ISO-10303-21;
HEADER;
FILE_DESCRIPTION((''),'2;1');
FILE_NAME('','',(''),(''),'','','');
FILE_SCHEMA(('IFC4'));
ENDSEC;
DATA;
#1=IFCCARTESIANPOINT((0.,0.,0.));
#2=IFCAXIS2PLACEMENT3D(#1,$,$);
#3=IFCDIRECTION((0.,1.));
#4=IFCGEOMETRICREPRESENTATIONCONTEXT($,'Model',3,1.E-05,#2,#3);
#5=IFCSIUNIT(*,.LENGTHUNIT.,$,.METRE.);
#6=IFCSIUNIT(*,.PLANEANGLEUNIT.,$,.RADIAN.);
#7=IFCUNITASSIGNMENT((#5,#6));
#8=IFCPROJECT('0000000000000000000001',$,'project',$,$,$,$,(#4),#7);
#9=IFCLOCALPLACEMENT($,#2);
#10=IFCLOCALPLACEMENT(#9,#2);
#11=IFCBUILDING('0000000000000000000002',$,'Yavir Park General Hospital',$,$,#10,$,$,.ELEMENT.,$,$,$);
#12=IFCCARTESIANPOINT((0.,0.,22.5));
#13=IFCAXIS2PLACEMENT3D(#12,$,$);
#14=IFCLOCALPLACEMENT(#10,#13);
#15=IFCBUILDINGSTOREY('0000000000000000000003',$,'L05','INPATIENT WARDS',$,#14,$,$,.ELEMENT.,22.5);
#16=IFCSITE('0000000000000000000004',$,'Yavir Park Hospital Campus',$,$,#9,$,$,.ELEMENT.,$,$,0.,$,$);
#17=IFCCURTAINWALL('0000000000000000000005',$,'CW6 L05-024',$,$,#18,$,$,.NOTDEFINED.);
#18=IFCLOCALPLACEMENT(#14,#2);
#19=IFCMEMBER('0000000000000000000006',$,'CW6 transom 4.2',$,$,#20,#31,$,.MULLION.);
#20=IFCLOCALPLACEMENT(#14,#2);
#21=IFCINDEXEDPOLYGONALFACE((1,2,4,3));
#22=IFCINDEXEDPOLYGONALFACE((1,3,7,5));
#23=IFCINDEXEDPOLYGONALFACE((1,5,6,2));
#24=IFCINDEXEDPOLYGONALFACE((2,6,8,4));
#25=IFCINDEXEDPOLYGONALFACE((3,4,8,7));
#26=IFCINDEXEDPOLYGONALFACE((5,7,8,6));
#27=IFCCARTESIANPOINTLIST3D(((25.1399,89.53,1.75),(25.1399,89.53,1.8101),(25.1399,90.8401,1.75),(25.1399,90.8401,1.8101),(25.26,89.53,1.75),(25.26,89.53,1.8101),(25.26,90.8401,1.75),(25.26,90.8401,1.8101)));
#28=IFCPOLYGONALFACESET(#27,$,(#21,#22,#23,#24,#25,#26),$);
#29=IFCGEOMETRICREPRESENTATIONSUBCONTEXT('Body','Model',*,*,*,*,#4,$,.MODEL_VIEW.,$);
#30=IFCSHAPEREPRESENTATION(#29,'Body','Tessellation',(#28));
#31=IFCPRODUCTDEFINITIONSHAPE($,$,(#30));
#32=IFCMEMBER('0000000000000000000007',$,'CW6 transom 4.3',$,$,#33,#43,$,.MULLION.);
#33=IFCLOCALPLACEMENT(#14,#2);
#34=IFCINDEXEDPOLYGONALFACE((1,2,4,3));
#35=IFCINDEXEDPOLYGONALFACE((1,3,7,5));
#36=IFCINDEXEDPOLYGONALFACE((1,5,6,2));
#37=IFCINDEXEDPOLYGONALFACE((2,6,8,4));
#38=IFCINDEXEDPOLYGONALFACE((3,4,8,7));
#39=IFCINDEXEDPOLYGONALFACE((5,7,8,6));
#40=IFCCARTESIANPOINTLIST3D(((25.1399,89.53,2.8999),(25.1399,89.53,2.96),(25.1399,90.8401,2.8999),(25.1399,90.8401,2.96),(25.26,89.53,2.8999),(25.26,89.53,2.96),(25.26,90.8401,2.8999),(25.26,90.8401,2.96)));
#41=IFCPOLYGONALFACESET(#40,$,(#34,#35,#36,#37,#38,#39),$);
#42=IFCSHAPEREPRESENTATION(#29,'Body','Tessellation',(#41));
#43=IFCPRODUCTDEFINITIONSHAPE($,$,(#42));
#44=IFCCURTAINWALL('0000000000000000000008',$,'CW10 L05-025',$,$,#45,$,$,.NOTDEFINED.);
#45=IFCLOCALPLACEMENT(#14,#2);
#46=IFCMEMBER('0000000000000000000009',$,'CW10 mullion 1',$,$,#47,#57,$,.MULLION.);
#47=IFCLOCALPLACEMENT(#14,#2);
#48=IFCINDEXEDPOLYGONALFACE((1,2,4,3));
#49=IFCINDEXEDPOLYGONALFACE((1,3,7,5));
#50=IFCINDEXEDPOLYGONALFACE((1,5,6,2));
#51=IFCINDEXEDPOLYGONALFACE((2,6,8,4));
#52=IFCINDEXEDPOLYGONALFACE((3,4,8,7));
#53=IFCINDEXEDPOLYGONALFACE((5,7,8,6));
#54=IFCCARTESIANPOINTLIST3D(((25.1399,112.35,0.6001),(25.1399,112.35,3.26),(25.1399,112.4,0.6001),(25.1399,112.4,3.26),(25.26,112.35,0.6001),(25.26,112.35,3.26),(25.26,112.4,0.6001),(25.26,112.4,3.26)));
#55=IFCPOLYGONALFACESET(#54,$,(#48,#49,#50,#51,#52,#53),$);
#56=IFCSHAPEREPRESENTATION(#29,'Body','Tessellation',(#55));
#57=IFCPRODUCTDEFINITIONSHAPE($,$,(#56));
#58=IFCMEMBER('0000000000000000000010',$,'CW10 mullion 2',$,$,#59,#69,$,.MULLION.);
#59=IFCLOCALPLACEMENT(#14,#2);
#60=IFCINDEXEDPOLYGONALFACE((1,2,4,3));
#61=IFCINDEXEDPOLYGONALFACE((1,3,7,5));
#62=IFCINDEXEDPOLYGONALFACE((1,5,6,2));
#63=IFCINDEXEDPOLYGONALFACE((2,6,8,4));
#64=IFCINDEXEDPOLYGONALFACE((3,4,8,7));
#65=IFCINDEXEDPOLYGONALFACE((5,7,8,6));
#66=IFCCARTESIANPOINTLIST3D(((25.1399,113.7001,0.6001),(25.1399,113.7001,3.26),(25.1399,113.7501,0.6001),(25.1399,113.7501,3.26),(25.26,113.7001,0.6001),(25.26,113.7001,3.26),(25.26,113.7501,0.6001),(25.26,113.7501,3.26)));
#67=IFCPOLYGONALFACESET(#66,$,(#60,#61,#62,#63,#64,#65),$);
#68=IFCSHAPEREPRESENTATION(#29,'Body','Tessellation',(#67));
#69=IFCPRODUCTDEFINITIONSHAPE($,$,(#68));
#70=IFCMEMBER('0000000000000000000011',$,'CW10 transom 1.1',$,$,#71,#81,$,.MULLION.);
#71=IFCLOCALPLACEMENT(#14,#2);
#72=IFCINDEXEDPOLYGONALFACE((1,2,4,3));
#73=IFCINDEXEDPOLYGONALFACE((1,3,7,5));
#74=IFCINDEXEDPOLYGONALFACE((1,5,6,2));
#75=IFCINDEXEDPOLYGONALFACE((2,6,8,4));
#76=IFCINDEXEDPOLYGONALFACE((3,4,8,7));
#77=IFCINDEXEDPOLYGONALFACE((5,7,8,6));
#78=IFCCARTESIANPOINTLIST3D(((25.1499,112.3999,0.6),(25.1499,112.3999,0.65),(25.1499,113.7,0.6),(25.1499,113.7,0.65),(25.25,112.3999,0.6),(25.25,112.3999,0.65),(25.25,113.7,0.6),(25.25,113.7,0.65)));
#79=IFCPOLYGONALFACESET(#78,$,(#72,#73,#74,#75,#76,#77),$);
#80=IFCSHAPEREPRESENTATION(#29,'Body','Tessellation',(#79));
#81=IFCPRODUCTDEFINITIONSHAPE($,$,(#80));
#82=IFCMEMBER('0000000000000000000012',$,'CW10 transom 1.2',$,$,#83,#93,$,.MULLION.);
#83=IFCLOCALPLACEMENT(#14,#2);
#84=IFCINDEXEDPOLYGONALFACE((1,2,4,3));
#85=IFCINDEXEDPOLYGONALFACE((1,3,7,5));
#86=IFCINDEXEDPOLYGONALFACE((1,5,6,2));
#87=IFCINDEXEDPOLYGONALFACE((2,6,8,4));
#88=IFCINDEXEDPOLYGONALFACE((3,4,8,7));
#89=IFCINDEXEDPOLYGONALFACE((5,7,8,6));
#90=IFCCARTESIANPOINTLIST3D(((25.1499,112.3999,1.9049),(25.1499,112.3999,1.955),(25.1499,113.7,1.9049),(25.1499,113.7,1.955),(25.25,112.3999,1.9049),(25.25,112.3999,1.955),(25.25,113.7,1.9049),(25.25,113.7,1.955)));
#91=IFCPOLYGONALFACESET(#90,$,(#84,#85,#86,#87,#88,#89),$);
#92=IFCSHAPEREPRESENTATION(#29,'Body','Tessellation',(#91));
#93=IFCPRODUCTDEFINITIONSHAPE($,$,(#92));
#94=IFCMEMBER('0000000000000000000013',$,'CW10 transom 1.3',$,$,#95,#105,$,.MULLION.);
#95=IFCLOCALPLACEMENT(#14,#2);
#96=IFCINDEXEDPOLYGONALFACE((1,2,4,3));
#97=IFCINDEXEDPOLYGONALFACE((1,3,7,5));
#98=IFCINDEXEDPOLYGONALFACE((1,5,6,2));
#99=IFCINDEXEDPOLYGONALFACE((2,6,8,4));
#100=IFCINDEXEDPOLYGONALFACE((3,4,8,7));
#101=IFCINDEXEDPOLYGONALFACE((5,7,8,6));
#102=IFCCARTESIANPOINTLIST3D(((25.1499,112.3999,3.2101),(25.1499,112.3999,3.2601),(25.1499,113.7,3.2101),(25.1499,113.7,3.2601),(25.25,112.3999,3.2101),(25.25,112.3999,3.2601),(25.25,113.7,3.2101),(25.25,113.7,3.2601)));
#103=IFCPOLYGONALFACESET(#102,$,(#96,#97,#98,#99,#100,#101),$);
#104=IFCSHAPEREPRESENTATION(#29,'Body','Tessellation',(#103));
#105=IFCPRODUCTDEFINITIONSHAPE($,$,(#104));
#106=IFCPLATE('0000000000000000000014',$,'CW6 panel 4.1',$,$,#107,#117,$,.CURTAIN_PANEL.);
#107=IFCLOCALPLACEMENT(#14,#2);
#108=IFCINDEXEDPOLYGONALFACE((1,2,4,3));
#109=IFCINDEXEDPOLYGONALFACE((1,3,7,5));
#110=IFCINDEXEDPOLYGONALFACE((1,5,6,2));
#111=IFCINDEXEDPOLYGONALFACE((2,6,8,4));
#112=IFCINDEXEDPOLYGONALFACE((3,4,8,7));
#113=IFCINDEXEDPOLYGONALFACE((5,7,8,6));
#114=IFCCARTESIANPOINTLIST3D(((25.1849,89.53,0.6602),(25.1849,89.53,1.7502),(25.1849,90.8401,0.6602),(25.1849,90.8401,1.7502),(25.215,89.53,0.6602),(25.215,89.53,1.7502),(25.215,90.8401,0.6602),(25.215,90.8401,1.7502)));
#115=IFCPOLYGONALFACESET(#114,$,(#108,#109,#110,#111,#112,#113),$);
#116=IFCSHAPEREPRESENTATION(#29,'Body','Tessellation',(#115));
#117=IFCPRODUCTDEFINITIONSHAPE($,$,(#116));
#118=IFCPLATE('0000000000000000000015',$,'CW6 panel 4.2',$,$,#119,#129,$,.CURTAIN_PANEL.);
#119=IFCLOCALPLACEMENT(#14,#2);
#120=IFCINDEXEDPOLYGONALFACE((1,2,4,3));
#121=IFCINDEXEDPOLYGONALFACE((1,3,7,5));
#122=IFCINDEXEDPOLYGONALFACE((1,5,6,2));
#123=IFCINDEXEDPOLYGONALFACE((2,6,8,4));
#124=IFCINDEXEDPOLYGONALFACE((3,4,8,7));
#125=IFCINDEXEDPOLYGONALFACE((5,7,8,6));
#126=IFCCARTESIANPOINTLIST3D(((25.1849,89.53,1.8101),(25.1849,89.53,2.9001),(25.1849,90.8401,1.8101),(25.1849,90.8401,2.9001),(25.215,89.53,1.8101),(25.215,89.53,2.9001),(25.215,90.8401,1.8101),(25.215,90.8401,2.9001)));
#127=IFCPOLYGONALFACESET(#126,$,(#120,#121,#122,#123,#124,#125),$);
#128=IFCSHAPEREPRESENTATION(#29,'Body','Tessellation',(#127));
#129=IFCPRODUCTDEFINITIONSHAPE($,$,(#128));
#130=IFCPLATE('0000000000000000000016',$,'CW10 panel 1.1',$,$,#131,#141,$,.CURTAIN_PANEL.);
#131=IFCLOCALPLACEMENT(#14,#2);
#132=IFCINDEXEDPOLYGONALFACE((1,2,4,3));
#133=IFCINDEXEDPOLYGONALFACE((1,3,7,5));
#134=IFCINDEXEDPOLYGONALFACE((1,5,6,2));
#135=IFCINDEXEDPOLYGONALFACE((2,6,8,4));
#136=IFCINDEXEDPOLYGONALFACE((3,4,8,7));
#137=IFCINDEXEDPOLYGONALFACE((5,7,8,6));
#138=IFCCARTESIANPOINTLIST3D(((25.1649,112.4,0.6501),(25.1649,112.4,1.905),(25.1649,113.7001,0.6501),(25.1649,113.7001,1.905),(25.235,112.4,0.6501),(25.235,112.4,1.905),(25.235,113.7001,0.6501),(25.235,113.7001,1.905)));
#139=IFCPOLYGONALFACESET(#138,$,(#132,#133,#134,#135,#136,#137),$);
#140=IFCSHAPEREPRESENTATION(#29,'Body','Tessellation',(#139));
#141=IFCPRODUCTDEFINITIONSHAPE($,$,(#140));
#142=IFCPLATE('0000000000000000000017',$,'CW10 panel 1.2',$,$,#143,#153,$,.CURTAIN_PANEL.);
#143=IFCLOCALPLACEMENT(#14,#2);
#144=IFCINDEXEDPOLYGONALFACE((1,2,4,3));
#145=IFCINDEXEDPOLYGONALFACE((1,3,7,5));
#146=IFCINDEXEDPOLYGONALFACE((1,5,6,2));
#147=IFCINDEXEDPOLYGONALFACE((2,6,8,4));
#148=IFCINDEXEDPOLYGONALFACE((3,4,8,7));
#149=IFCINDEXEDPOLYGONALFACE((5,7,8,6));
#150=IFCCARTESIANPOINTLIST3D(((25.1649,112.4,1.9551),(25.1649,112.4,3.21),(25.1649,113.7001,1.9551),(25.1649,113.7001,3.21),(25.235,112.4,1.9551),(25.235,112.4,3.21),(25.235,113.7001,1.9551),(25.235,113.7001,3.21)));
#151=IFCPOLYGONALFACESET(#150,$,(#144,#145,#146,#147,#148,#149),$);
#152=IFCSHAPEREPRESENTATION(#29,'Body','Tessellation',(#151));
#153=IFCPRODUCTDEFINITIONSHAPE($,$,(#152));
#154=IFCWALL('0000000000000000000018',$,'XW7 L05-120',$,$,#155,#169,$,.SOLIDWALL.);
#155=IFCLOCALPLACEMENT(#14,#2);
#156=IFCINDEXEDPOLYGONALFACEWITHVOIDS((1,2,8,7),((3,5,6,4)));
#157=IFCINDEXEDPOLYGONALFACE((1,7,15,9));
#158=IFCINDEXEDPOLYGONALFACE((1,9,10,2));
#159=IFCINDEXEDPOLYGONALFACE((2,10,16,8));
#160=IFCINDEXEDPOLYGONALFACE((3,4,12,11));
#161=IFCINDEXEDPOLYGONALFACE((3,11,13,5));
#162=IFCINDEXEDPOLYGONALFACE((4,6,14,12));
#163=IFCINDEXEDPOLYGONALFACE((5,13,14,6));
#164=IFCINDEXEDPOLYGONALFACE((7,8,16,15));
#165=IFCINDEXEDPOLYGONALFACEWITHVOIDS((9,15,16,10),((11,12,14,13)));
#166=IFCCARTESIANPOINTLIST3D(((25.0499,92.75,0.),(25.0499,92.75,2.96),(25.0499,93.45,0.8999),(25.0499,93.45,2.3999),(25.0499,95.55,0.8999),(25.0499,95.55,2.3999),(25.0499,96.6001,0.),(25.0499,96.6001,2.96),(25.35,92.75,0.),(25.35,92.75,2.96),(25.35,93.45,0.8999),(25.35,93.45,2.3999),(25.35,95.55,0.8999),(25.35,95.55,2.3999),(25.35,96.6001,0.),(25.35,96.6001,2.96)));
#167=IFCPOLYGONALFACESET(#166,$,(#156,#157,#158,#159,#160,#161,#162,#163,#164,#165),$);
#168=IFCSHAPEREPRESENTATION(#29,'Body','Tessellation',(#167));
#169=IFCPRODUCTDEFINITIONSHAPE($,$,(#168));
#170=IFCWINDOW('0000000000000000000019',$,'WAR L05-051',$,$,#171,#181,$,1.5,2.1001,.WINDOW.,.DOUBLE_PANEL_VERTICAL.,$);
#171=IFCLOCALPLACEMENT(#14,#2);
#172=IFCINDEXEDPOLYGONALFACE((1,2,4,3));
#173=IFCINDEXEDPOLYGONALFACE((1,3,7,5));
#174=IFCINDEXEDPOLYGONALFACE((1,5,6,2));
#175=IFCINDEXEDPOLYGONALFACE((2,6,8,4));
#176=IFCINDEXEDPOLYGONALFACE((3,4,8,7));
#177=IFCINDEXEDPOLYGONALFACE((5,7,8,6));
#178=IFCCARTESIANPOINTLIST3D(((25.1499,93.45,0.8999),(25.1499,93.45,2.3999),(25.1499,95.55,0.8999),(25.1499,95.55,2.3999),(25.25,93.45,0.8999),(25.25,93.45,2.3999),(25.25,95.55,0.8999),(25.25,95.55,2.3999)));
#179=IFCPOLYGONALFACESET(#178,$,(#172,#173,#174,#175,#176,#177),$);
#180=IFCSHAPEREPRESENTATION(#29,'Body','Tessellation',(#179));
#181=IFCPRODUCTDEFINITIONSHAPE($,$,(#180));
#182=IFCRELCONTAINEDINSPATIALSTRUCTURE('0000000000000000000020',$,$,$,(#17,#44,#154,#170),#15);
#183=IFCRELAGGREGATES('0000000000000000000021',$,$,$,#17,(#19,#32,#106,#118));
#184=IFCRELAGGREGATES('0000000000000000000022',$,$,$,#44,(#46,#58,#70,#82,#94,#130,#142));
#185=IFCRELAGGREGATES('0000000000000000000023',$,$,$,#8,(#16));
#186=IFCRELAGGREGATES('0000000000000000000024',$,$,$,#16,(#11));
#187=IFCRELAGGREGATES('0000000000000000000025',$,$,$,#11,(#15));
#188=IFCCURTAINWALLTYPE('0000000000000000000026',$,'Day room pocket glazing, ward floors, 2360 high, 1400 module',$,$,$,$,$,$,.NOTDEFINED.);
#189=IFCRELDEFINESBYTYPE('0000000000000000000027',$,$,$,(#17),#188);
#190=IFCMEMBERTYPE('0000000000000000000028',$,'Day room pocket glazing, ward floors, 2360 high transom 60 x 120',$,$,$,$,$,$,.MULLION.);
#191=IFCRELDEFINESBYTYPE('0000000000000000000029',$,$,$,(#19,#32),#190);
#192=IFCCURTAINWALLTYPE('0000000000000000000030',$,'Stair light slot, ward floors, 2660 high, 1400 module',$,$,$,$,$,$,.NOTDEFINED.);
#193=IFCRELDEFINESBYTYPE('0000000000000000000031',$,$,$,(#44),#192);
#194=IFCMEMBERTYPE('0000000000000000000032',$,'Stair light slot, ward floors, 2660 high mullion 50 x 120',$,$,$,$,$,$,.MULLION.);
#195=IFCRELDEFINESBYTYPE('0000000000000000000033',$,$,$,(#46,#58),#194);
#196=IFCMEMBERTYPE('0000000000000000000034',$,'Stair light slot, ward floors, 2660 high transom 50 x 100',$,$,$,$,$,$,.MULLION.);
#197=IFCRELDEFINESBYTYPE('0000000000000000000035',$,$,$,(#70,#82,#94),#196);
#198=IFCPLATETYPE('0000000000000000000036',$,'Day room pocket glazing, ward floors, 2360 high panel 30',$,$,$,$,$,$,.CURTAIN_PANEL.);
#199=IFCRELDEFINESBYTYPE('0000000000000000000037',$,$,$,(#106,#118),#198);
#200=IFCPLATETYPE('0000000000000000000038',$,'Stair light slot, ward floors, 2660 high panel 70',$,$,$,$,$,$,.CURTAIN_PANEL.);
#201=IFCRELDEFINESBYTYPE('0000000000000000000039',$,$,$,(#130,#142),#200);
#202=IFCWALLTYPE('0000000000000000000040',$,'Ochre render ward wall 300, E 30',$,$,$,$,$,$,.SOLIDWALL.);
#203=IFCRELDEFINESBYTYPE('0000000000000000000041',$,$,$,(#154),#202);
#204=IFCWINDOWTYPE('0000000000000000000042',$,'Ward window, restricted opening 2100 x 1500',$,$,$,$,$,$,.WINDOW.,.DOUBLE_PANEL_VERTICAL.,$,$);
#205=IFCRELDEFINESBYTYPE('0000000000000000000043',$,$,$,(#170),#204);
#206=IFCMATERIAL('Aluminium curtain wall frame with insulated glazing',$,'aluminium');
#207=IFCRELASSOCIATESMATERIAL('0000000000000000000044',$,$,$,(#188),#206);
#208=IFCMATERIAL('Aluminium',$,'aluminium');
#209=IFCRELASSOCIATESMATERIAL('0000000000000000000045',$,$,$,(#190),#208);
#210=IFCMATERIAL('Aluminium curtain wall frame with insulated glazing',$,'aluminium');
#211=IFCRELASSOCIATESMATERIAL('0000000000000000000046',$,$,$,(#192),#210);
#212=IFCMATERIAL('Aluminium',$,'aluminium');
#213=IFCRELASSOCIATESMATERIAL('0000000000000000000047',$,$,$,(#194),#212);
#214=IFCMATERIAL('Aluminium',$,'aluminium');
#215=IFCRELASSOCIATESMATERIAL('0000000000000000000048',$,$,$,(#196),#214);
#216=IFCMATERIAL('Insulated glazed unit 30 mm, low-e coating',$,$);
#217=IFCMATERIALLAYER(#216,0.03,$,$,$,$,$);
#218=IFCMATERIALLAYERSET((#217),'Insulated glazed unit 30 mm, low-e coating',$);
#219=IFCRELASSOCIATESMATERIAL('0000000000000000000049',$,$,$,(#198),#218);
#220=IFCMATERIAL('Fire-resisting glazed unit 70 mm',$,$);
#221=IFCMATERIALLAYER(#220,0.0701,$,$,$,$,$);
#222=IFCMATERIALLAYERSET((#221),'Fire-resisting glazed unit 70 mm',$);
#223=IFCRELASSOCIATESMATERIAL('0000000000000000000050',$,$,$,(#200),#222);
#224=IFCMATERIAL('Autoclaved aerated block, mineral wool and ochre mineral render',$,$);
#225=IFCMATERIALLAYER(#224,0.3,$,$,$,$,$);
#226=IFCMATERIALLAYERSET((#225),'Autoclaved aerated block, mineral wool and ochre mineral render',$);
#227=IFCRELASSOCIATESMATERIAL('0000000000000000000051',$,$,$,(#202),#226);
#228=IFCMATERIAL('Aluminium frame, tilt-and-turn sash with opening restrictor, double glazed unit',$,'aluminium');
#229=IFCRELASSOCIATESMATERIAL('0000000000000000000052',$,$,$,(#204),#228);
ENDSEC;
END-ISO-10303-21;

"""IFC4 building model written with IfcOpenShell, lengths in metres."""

from ifc_helpers import new_model, si_unit, direction, frame, frame_2d, origin, origin_2d, place, context, subcontext, project, spatial, rectangle, extrude, material, layer, layer_set, material_profile, profile_set, type_object, element, fill, aggregate, save


model = new_model("IFC4")

# Units and contexts
model_context = context("Model", 3, precision=1e-05, world=origin(), true_north=direction((0.0, 1.0)))
body_context = subcontext(model_context, "Body", "Model", "MODEL_VIEW")
ifc_project = project(units=[si_unit("LENGTHUNIT", "METRE"), si_unit("PLANEANGLEUNIT", "RADIAN")], contexts=[model_context])

# Site, building, storey
site_placement = place(None, origin())
site = spatial("IfcSite", under=ifc_project, at=site_placement, Name="Yavir Park Hospital Campus", CompositionType="ELEMENT", RefElevation=0.0)
building_placement = place(site_placement, origin())
building = spatial("IfcBuilding", under=site, at=building_placement, Name="Yavir Park General Hospital", CompositionType="ELEMENT")
storey_placement = place(building_placement, frame((0.0, 0.0, 22.5)))
storey = spatial("IfcBuildingStorey", under=building, at=storey_placement, Name="L05", Description="INPATIENT WARDS", CompositionType="ELEMENT", Elevation=22.5)

# Curtain walls, members
ifc_material_1 = material(Name="Aluminium curtain wall frame with insulated glazing", Category="aluminium")
curtain_wall_type_1 = type_object("IfcCurtainWallType", Name="Day room pocket glazing, ward floors, 2360 high, 1400 module", PredefinedType="NOTDEFINED", material=ifc_material_1)
curtain_wall_1_placement = place(storey_placement, origin())
curtain_wall_1 = element("IfcCurtainWall", 1, at=curtain_wall_1_placement, inside=storey, type_object=curtain_wall_type_1, Name="CW6 L05-024", PredefinedType="NOTDEFINED")
ifc_material_2 = material(Name="Aluminium", Category="aluminium")
ifc_material_profile_1 = material_profile(ifc_material_2, rectangle(XDim=0.1201, YDim=0.0601, at=origin_2d()), Name="AL 120x60")
ifc_profile_set_1 = profile_set([ifc_material_profile_1], Name="Aluminium")
member_type_1 = type_object("IfcMemberType", Name="Day room pocket glazing, ward floors, 2360 high transom 60 x 120", PredefinedType="MULLION", material=ifc_profile_set_1)
member_1_placement = place(storey_placement, frame((25.2, 89.53, 1.78), z_axis=(0.0, 1.0, 0.0), x_axis=(-1.0, 0.0, 0.0)))
member_1 = element("IfcMember", 2, at=member_1_placement, type_object=member_type_1, Name="CW6 transom 4.2", PredefinedType="MULLION", context=body_context, shape_type="SweptSolid", body=[
    extrude(rectangle(XDim=0.1201, YDim=0.0601, at=origin_2d()), origin(), (0.0, 0.0, 1.0), 1.3101),
])
member_2_placement = place(storey_placement, frame((25.2, 89.53, 2.9299), z_axis=(0.0, 1.0, 0.0), x_axis=(-1.0, 0.0, 0.0)))
member_2 = element("IfcMember", 3, at=member_2_placement, type_object=member_type_1, Name="CW6 transom 4.3", PredefinedType="MULLION", context=body_context, shape_type="SweptSolid", body=[
    extrude(rectangle(XDim=0.1201, YDim=0.0601, at=origin_2d()), origin(), (0.0, 0.0, 1.0), 1.3101),
])
ifc_material_3 = material(Name="Aluminium curtain wall frame with insulated glazing", Category="aluminium")
curtain_wall_type_2 = type_object("IfcCurtainWallType", Name="Stair light slot, ward floors, 2660 high, 1400 module", PredefinedType="NOTDEFINED", material=ifc_material_3)
curtain_wall_2_placement = place(storey_placement, origin())
curtain_wall_2 = element("IfcCurtainWall", 4, at=curtain_wall_2_placement, inside=storey, type_object=curtain_wall_type_2, Name="CW10 L05-025", PredefinedType="NOTDEFINED")
ifc_material_4 = material(Name="Aluminium", Category="aluminium")
ifc_material_profile_2 = material_profile(ifc_material_4, rectangle(XDim=0.1201, YDim=0.05, at=origin_2d()), Name="AL 50x120")
ifc_profile_set_2 = profile_set([ifc_material_profile_2], Name="Aluminium")
member_type_2 = type_object("IfcMemberType", Name="Stair light slot, ward floors, 2660 high mullion 50 x 120", PredefinedType="MULLION", material=ifc_profile_set_2)
member_3_placement = place(storey_placement, frame((25.2, 112.375, 0.6001), z_axis=(0.0, 0.0, 1.0), x_axis=(-1.0, 0.0, 0.0)))
member_3 = element("IfcMember", 5, at=member_3_placement, type_object=member_type_2, Name="CW10 mullion 1", PredefinedType="MULLION", context=body_context, shape_type="SweptSolid", body=[
    extrude(rectangle(XDim=0.1201, YDim=0.05, at=origin_2d()), origin(), (0.0, 0.0, 1.0), 2.6599),
])
member_4_placement = place(storey_placement, frame((25.2, 113.7251, 0.6001), z_axis=(0.0, 0.0, 1.0), x_axis=(-1.0, 0.0, 0.0)))
member_4 = element("IfcMember", 6, at=member_4_placement, type_object=member_type_2, Name="CW10 mullion 2", PredefinedType="MULLION", context=body_context, shape_type="SweptSolid", body=[
    extrude(rectangle(XDim=0.1201, YDim=0.05, at=origin_2d()), origin(), (0.0, 0.0, 1.0), 2.6599),
])
ifc_material_5 = material(Name="Aluminium", Category="aluminium")
ifc_material_profile_3 = material_profile(ifc_material_5, rectangle(XDim=0.1001, YDim=0.05, at=origin_2d()), Name="AL 100x50")
ifc_profile_set_3 = profile_set([ifc_material_profile_3], Name="Aluminium")
member_type_3 = type_object("IfcMemberType", Name="Stair light slot, ward floors, 2660 high transom 50 x 100", PredefinedType="MULLION", material=ifc_profile_set_3)
member_5_placement = place(storey_placement, frame((25.2, 112.3999, 0.625), z_axis=(0.0, 1.0, 0.0), x_axis=(-1.0, 0.0, 0.0)))
member_5 = element("IfcMember", 7, at=member_5_placement, type_object=member_type_3, Name="CW10 transom 1.1", PredefinedType="MULLION", context=body_context, shape_type="SweptSolid", body=[
    extrude(rectangle(XDim=0.1001, YDim=0.05, at=origin_2d()), origin(), (0.0, 0.0, 1.0), 1.3),
])
member_6_placement = place(storey_placement, frame((25.2, 112.3999, 1.9299), z_axis=(0.0, 1.0, 0.0), x_axis=(-1.0, 0.0, 0.0)))
member_6 = element("IfcMember", 8, at=member_6_placement, type_object=member_type_3, Name="CW10 transom 1.2", PredefinedType="MULLION", context=body_context, shape_type="SweptSolid", body=[
    extrude(rectangle(XDim=0.1001, YDim=0.05, at=origin_2d()), origin(), (0.0, 0.0, 1.0), 1.3),
])
member_7_placement = place(storey_placement, frame((25.2, 112.3999, 3.2351), z_axis=(0.0, 1.0, 0.0), x_axis=(-1.0, 0.0, 0.0)))
member_7 = element("IfcMember", 9, at=member_7_placement, type_object=member_type_3, Name="CW10 transom 1.3", PredefinedType="MULLION", context=body_context, shape_type="SweptSolid", body=[
    extrude(rectangle(XDim=0.1001, YDim=0.05, at=origin_2d()), origin(), (0.0, 0.0, 1.0), 1.3),
])

# Plates
ifc_material_6 = material(Name="Insulated glazed unit 30 mm, low-e coating")
ifc_layer_1 = layer(ifc_material_6, 0.03)
ifc_layer_set_1 = layer_set([ifc_layer_1], Name="Insulated glazed unit 30 mm, low-e coating")
plate_type_1 = type_object("IfcPlateType", Name="Day room pocket glazing, ward floors, 2360 high panel 30", PredefinedType="CURTAIN_PANEL", material=ifc_layer_set_1)
plate_1_placement = place(storey_placement, frame((25.2, 90.1851, 0.6602), z_axis=(0.0, 0.0, 1.0), x_axis=(0.0, 1.0, 0.0)))
plate_1 = element("IfcPlate", 10, at=plate_1_placement, type_object=plate_type_1, Name="CW6 panel 4.1", PredefinedType="CURTAIN_PANEL", context=body_context, shape_type="SweptSolid", body=[
    extrude(rectangle(XDim=1.3101, YDim=0.03, at=origin_2d()), origin(), (0.0, 0.0, 1.0), 1.0901),
])
plate_2_placement = place(storey_placement, frame((25.2, 90.1851, 1.8101), z_axis=(0.0, 0.0, 1.0), x_axis=(0.0, 1.0, 0.0)))
plate_2 = element("IfcPlate", 11, at=plate_2_placement, type_object=plate_type_1, Name="CW6 panel 4.2", PredefinedType="CURTAIN_PANEL", context=body_context, shape_type="SweptSolid", body=[
    extrude(rectangle(XDim=1.3101, YDim=0.03, at=origin_2d()), origin(), (0.0, 0.0, 1.0), 1.0901),
])
aggregate(curtain_wall_1, [member_1, member_2, plate_1, plate_2])
ifc_material_7 = material(Name="Fire-resisting glazed unit 70 mm")
ifc_layer_2 = layer(ifc_material_7, 0.0701)
ifc_layer_set_2 = layer_set([ifc_layer_2], Name="Fire-resisting glazed unit 70 mm")
plate_type_2 = type_object("IfcPlateType", Name="Stair light slot, ward floors, 2660 high panel 70", PredefinedType="CURTAIN_PANEL", material=ifc_layer_set_2)
plate_3_placement = place(storey_placement, frame((25.2, 113.05, 0.6501), z_axis=(0.0, 0.0, 1.0), x_axis=(0.0, 1.0, 0.0)))
plate_3 = element("IfcPlate", 12, at=plate_3_placement, type_object=plate_type_2, Name="CW10 panel 1.1", PredefinedType="CURTAIN_PANEL", context=body_context, shape_type="SweptSolid", body=[
    extrude(rectangle(XDim=1.3, YDim=0.0701, at=origin_2d()), origin(), (0.0, 0.0, 1.0), 1.2549),
])
plate_4_placement = place(storey_placement, frame((25.2, 113.05, 1.9551), z_axis=(0.0, 0.0, 1.0), x_axis=(0.0, 1.0, 0.0)))
plate_4 = element("IfcPlate", 13, at=plate_4_placement, type_object=plate_type_2, Name="CW10 panel 1.2", PredefinedType="CURTAIN_PANEL", context=body_context, shape_type="SweptSolid", body=[
    extrude(rectangle(XDim=1.3, YDim=0.0701, at=origin_2d()), origin(), (0.0, 0.0, 1.0), 1.2549),
])
aggregate(curtain_wall_2, [member_3, member_4, member_5, member_6, member_7, plate_3, plate_4])

# Wall, opening, window
ifc_material_8 = material(Name="Autoclaved aerated block, mineral wool and ochre mineral render")
ifc_layer_3 = layer(ifc_material_8, 0.3)
ifc_layer_set_3 = layer_set([ifc_layer_3], Name="Autoclaved aerated block, mineral wool and ochre mineral render")
wall_type_1 = type_object("IfcWallType", Name="Ochre render ward wall 300, E 30", PredefinedType="SOLIDWALL", material=ifc_layer_set_3)
wall_1_placement = place(storey_placement, frame((25.2, 92.75, 0.0), z_axis=(0.0, 0.0, 1.0), x_axis=(0.0, 1.0, 0.0)))
wall_1 = element("IfcWall", 14, at=wall_1_placement, inside=storey, type_object=wall_type_1, Name="XW7 L05-120", PredefinedType="SOLIDWALL", context=body_context, shape_type="SweptSolid", body=[
    extrude(rectangle(XDim=3.8501, YDim=0.3, at=frame_2d((1.925, 0.0))), origin(), (0.0, 0.0, 1.0), 2.96),
])
opening_1_placement = place(wall_1_placement, frame((0.7, 0.0, 0.8999)))
opening_1 = element("IfcOpeningElement", 15, at=opening_1_placement, cuts=wall_1, PredefinedType="OPENING", context=body_context, shape_type="SweptSolid", body=[
    extrude(rectangle(XDim=2.1001, YDim=1.5, at=frame_2d((1.05, 0.75))), frame((0.0, 0.1599, 0.0), z_axis=(0.0, -1.0, 0.0), x_axis=(1.0, 0.0, 0.0)), (0.0, 0.0, 1.0), 0.3201),
])
ifc_material_9 = material(Name="Aluminium frame, tilt-and-turn sash with opening restrictor, double glazed unit", Category="aluminium")
window_type_1 = type_object("IfcWindowType", Name="Ward window, restricted opening 2100 x 1500", PartitioningType="DOUBLE_PANEL_VERTICAL", PredefinedType="WINDOW", material=ifc_material_9)
window_1_placement = place(opening_1_placement, origin())
window_1 = element("IfcWindow", 16, at=window_1_placement, inside=storey, type_object=window_type_1, Name="WAR L05-051", OverallHeight=1.5, OverallWidth=2.1001, PartitioningType="DOUBLE_PANEL_VERTICAL", PredefinedType="WINDOW", context=body_context, shape_type="SweptSolid", body=[
    extrude(rectangle(XDim=2.1001, YDim=1.5, at=frame_2d((1.05, 0.75))), frame((0.0, 0.05, 0.0), z_axis=(0.0, -1.0, 0.0), x_axis=(1.0, 0.0, 0.0)), (0.0, 0.0, 1.0), 0.1001),
])
fill(opening_1, window_1)

save(model, "model.ifc")
